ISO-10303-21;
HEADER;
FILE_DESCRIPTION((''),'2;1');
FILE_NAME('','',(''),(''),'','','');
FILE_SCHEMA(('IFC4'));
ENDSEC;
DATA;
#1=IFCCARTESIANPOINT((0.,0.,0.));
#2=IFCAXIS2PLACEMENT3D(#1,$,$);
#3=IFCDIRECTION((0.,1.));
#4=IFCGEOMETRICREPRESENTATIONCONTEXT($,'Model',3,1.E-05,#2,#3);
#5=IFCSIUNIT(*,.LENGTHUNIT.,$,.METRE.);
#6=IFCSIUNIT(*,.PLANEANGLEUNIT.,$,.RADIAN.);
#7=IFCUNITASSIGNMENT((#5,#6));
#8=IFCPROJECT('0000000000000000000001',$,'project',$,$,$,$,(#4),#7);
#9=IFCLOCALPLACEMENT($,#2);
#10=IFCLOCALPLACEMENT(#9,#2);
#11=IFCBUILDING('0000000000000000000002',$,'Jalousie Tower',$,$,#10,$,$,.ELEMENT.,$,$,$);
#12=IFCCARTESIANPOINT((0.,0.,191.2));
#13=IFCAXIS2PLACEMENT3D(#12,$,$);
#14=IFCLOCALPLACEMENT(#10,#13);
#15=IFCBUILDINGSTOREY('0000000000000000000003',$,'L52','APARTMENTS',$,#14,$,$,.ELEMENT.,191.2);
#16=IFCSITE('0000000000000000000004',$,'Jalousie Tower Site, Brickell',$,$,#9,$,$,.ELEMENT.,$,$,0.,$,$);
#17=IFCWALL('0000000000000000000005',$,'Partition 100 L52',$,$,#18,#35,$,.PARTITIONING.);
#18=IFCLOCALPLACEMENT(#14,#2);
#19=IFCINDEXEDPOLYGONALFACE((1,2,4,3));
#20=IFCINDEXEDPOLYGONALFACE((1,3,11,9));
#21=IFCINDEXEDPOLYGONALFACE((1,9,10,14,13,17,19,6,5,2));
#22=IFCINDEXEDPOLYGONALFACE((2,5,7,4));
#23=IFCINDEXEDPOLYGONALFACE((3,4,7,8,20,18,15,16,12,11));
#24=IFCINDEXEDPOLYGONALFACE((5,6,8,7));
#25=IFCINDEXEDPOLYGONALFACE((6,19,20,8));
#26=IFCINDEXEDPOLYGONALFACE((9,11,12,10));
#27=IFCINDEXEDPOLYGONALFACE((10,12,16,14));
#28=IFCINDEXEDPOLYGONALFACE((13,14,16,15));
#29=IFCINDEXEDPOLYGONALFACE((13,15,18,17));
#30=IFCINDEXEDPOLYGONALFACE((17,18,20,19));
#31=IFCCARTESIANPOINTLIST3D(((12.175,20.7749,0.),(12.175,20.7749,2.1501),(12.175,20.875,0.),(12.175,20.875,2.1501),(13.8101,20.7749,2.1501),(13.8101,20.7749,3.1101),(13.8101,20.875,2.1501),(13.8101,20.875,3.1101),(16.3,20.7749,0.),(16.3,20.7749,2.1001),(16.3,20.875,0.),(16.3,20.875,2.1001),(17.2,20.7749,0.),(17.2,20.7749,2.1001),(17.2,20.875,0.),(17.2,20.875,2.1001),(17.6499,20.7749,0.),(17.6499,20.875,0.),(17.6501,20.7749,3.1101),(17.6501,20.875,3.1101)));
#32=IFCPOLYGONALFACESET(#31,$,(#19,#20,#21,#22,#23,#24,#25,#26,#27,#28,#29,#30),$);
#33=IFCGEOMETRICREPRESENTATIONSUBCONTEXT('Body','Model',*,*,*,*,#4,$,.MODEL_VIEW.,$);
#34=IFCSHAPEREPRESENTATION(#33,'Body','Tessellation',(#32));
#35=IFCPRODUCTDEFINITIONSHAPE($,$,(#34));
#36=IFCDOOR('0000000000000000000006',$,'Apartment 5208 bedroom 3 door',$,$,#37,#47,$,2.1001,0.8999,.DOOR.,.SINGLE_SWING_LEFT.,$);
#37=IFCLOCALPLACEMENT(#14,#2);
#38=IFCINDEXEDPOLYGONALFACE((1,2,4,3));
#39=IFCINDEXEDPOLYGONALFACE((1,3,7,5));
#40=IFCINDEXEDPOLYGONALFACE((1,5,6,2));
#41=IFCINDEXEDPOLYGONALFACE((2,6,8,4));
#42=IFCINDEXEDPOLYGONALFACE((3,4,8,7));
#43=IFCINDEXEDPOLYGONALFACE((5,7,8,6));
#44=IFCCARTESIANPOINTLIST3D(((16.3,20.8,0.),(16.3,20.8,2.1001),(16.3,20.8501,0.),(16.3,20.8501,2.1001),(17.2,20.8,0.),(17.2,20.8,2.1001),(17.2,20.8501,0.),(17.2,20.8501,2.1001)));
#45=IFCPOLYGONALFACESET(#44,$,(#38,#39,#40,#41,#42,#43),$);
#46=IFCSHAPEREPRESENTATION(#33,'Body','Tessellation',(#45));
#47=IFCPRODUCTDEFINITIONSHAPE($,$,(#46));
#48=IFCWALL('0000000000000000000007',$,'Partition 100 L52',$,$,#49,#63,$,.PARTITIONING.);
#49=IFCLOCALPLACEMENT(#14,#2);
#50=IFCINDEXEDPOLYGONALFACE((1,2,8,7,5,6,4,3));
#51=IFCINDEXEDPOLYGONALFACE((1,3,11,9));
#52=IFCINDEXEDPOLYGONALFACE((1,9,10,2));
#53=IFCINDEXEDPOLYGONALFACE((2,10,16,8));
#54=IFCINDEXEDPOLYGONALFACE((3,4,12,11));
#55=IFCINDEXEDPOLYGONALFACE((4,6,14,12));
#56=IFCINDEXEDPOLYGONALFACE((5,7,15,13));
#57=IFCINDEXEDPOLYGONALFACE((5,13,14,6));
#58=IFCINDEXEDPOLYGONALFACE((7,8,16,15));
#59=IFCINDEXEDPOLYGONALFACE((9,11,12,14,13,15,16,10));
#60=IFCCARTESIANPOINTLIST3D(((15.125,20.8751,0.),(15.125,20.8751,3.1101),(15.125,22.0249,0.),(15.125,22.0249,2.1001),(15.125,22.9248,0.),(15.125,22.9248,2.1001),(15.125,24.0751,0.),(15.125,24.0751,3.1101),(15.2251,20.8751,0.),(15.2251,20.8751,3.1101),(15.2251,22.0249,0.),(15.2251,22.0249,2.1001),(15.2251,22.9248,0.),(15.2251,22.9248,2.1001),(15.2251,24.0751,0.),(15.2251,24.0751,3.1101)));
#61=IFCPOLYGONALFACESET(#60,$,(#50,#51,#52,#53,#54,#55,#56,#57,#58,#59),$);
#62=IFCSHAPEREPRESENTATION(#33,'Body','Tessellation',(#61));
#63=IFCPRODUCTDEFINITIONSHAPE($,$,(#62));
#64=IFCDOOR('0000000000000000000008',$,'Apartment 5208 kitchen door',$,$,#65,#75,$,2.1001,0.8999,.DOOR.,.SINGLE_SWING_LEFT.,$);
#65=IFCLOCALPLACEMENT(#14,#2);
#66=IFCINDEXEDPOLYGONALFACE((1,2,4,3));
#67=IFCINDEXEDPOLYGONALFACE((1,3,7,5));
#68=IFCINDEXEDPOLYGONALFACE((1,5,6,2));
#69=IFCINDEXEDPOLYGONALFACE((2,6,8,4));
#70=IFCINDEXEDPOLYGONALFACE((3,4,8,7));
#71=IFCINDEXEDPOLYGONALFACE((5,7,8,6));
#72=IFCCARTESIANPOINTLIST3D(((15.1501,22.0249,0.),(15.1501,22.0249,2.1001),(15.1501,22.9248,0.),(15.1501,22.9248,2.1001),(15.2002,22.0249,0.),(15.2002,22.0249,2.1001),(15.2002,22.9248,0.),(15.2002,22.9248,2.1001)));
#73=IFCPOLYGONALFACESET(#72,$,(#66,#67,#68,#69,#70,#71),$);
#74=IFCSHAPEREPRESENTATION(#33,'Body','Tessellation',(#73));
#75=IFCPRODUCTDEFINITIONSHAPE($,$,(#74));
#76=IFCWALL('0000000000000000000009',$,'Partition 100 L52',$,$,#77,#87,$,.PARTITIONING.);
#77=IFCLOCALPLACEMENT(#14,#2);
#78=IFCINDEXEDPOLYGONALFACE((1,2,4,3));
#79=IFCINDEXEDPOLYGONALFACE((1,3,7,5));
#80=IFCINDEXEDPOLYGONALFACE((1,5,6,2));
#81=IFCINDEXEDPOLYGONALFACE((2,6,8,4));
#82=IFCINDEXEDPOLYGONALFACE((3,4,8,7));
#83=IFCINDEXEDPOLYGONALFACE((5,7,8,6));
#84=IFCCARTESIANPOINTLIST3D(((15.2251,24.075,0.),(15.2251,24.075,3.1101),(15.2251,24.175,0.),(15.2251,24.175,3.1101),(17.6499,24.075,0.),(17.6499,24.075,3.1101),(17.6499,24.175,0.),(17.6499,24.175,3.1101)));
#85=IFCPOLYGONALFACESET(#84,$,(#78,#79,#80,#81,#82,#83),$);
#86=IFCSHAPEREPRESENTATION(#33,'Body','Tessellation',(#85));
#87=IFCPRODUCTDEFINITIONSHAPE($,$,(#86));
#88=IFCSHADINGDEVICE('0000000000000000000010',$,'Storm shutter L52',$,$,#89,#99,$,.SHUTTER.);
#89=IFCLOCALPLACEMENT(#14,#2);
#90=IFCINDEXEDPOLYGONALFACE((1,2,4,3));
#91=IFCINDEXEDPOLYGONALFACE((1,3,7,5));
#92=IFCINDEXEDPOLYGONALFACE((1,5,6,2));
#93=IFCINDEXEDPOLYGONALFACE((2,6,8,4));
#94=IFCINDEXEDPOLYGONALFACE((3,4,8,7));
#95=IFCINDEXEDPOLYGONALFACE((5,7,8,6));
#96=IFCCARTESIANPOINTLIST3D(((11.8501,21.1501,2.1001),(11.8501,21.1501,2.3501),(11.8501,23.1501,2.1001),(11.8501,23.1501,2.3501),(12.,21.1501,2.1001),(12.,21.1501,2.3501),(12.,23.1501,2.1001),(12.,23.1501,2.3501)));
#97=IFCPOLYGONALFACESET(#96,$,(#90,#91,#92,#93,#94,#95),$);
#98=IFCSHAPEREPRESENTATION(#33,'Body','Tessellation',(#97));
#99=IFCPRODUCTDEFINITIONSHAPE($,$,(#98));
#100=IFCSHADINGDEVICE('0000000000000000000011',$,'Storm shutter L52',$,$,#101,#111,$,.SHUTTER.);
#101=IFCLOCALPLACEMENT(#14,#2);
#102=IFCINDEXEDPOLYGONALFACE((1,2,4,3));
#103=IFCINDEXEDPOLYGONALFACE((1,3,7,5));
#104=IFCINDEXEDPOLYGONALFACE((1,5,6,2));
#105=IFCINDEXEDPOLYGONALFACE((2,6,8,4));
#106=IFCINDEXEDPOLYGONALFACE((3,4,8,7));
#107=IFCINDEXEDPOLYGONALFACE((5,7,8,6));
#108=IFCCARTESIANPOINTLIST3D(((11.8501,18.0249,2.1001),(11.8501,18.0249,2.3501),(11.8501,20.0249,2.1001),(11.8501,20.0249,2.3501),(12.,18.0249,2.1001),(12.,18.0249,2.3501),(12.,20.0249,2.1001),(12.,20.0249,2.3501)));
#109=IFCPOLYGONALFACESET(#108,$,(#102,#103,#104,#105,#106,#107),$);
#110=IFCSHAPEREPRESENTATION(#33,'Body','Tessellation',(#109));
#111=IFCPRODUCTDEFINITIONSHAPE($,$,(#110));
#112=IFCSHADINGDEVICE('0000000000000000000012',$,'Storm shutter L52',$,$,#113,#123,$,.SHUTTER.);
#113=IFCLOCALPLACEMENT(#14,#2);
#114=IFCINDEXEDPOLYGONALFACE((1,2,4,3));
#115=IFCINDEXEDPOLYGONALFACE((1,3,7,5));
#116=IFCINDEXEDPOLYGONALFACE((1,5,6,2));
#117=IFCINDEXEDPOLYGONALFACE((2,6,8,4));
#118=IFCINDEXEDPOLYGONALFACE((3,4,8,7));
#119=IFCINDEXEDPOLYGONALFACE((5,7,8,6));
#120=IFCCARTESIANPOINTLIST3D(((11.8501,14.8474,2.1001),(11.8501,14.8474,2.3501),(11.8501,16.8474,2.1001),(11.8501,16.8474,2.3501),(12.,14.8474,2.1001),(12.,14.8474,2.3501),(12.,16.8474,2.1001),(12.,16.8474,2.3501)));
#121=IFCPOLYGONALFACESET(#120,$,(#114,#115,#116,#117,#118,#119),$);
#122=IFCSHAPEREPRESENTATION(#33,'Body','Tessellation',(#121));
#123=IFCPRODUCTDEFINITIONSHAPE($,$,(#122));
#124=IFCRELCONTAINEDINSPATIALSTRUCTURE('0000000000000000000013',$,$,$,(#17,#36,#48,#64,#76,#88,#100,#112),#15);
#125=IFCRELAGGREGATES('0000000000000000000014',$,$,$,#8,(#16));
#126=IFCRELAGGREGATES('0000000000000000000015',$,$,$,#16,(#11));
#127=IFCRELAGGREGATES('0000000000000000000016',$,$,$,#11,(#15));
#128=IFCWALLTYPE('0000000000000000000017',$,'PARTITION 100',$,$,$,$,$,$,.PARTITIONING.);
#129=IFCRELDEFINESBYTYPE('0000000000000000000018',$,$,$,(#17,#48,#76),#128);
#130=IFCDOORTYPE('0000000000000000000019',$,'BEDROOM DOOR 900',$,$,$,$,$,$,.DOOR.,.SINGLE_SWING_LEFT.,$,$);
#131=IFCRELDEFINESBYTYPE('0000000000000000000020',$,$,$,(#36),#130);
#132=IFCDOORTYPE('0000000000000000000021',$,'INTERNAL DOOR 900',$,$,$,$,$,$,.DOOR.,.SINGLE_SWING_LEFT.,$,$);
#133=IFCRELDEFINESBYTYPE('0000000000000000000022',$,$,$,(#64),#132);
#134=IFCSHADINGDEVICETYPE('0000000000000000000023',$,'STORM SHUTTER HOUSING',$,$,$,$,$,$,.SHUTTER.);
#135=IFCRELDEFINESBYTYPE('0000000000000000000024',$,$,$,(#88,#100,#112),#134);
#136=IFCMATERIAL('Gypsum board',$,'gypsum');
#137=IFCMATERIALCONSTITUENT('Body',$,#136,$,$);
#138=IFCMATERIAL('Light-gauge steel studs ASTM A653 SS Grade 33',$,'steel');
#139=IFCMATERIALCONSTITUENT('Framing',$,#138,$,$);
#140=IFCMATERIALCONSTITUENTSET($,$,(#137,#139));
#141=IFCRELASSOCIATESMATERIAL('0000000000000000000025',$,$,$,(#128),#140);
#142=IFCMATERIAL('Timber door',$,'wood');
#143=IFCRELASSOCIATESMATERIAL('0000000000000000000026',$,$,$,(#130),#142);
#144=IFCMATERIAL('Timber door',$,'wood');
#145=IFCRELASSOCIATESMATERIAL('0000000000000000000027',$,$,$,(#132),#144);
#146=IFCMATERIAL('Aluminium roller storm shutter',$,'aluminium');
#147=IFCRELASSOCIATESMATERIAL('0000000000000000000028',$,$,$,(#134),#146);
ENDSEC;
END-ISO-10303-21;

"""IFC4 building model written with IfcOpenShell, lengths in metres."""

from ifc_helpers import new_model, si_unit, direction, frame, frame_2d, origin, origin_2d, place, context, subcontext, project, spatial, polyline, rectangle, outline, extrude, material, constituent, constituent_set, type_object, element, fill, save


model = new_model("IFC4")

# Units and contexts
model_context = context("Model", 3, precision=1e-05, world=origin(), true_north=direction((0.0, 1.0)))
body_context = subcontext(model_context, "Body", "Model", "MODEL_VIEW")
ifc_project = project(units=[si_unit("LENGTHUNIT", "METRE"), si_unit("PLANEANGLEUNIT", "RADIAN")], contexts=[model_context])

# Site, building, storey
site_placement = place(None, origin())
site = spatial("IfcSite", under=ifc_project, at=site_placement, Name="Jalousie Tower Site, Brickell", CompositionType="ELEMENT", RefElevation=0.0)
building_placement = place(site_placement, origin())
building = spatial("IfcBuilding", under=site, at=building_placement, Name="Jalousie Tower", CompositionType="ELEMENT")
storey_placement = place(building_placement, frame((0.0, 0.0, 191.2)))
storey = spatial("IfcBuildingStorey", under=building, at=storey_placement, Name="L52", Description="APARTMENTS", CompositionType="ELEMENT", Elevation=191.2)

# Walls, openings, doors
ifc_material_1 = material(Name="Gypsum board", Category="gypsum")
ifc_constituent_1 = constituent(ifc_material_1, Name="Body")
ifc_material_2 = material(Name="Light-gauge steel studs ASTM A653 SS Grade 33", Category="steel")
ifc_constituent_2 = constituent(ifc_material_2, Name="Framing")
ifc_constituent_set_1 = constituent_set(constituents=[ifc_constituent_1, ifc_constituent_2])
wall_type_1 = type_object("IfcWallType", Name="PARTITION 100", PredefinedType="PARTITIONING", material=ifc_constituent_set_1)
ifc_material_3 = material(Name="Timber door", Category="wood")
door_type_1 = type_object("IfcDoorType", Name="BEDROOM DOOR 900", OperationType="SINGLE_SWING_LEFT", PredefinedType="DOOR", material=ifc_material_3)
wall_1_placement = place(storey_placement, frame((12.175, 20.825, 0.0), z_axis=(0.0, 0.0, 1.0), x_axis=(1.0, 0.0, 0.0)))
wall_1 = element("IfcWall", 1, at=wall_1_placement, inside=storey, type_object=wall_type_1, Name="Partition 100 L52", PredefinedType="PARTITIONING", context=body_context, shape_type="SweptSolid", body=[
    extrude(outline(polyline([(0.0, 0.0), (5.4749, 0.0), (5.4751, 3.1101), (1.635, 3.1101), (1.635, 2.1501), (0.0, 2.1501), (0.0, 3.1101), (0.0, 0.0)])), frame((0.0, 0.05, 0.0), z_axis=(0.0, -1.0, 0.0), x_axis=(1.0, 0.0, 0.0)), (0.0, 0.0, 1.0), 0.1001),
])
opening_1_placement = place(wall_1_placement, frame((4.125, 0.0, 0.0)))
opening_1 = element("IfcOpeningElement", 2, at=opening_1_placement, cuts=wall_1, PredefinedType="OPENING", context=body_context, shape_type="SweptSolid", body=[
    extrude(rectangle(XDim=0.8999, YDim=2.1001, at=frame_2d((0.45, 1.05))), frame((0.0, 0.0601, 0.0), z_axis=(0.0, -1.0, 0.0), x_axis=(1.0, 0.0, 0.0)), (0.0, 0.0, 1.0), 0.1201),
])
door_1_placement = place(opening_1_placement, frame((0.8999, 0.0, 0.0), z_axis=(0.0, 0.0, 1.0), x_axis=(-1.0, 0.0, 0.0)))
door_1 = element("IfcDoor", 3, at=door_1_placement, inside=storey, type_object=door_type_1, Name="Apartment 5208 bedroom 3 door", OperationType="SINGLE_SWING_LEFT", OverallHeight=2.1001, OverallWidth=0.8999, PredefinedType="DOOR", context=body_context, shape_type="SweptSolid", body=[
    extrude(rectangle(XDim=0.8999, YDim=2.1001, at=frame_2d((0.45, 1.05))), frame((0.0, 0.0249, 0.0), z_axis=(0.0, -1.0, 0.0), x_axis=(1.0, 0.0, 0.0)), (0.0, 0.0, 1.0), 0.05),
])
fill(opening_1, door_1)
wall_2_placement = place(storey_placement, frame((15.175, 20.875, 0.0), z_axis=(0.0, 0.0, 1.0), x_axis=(0.0, 1.0, 0.0)))
wall_2 = element("IfcWall", 4, at=wall_2_placement, inside=storey, type_object=wall_type_1, Name="Partition 100 L52", PredefinedType="PARTITIONING", context=body_context, shape_type="SweptSolid", body=[
    extrude(rectangle(XDim=3.2, YDim=0.1001, at=frame_2d((1.6001, 0.0))), origin(), (0.0, 0.0, 1.0), 3.1101),
])
opening_2_placement = place(wall_2_placement, frame((1.1499, 0.0, 0.0)))
opening_2 = element("IfcOpeningElement", 5, at=opening_2_placement, cuts=wall_2, PredefinedType="OPENING", context=body_context, shape_type="SweptSolid", body=[
    extrude(rectangle(XDim=0.8999, YDim=2.1001, at=frame_2d((0.45, 1.05))), frame((0.0, 0.0601, 0.0), z_axis=(0.0, -1.0, 0.0), x_axis=(1.0, 0.0, 0.0)), (0.0, 0.0, 1.0), 0.1201),
])
ifc_material_4 = material(Name="Timber door", Category="wood")
door_type_2 = type_object("IfcDoorType", Name="INTERNAL DOOR 900", OperationType="SINGLE_SWING_LEFT", PredefinedType="DOOR", material=ifc_material_4)
door_2_placement = place(opening_2_placement, origin())
door_2 = element("IfcDoor", 6, at=door_2_placement, inside=storey, type_object=door_type_2, Name="Apartment 5208 kitchen door", OperationType="SINGLE_SWING_LEFT", OverallHeight=2.1001, OverallWidth=0.8999, PredefinedType="DOOR", context=body_context, shape_type="SweptSolid", body=[
    extrude(rectangle(XDim=0.8999, YDim=2.1001, at=frame_2d((0.45, 1.05))), frame((0.0, 0.0249, 0.0), z_axis=(0.0, -1.0, 0.0), x_axis=(1.0, 0.0, 0.0)), (0.0, 0.0, 1.0), 0.05),
])
fill(opening_2, door_2)

# Wall
wall_3_placement = place(storey_placement, frame((15.2251, 24.125, 0.0), z_axis=(0.0, 0.0, 1.0), x_axis=(1.0, 0.0, 0.0)))
element("IfcWall", 7, at=wall_3_placement, inside=storey, type_object=wall_type_1, Name="Partition 100 L52", PredefinedType="PARTITIONING", context=body_context, shape_type="SweptSolid", body=[
    extrude(rectangle(XDim=2.4248, YDim=0.1001, at=frame_2d((1.2124, 0.0))), origin(), (0.0, 0.0, 1.0), 3.1101),
])

# Shading devices
ifc_material_5 = material(Name="Aluminium roller storm shutter", Category="aluminium")
shading_device_type = type_object("IfcShadingDeviceType", Name="STORM SHUTTER HOUSING", PredefinedType="SHUTTER", material=ifc_material_5)
for number, where, z_axis, x_axis, name in (
    (8, (11.925, 22.1501, 2.1001), (0.0, 0.0, 1.0), (0.0, -1.0, 0.0), "Storm shutter L52"),
    (9, (11.925, 19.0249, 2.1001), (0.0, 0.0, 1.0), (0.0, -1.0, 0.0), "Storm shutter L52"),
    (10, (11.925, 15.8474, 2.1001), (0.0, 0.0, 1.0), (0.0, -1.0, 0.0), "Storm shutter L52"),
):
    element("IfcShadingDevice", number, at=place(storey_placement, frame(where, z_axis=z_axis, x_axis=x_axis)), inside=storey, type_object=shading_device_type, Name=name, PredefinedType="SHUTTER", context=body_context, shape_type="SweptSolid", body=[
        extrude(rectangle(XDim=2.0, YDim=0.1499, at=origin_2d()), origin(), (0.0, 0.0, 1.0), 0.25),
    ])

save(model, "model.ifc")
